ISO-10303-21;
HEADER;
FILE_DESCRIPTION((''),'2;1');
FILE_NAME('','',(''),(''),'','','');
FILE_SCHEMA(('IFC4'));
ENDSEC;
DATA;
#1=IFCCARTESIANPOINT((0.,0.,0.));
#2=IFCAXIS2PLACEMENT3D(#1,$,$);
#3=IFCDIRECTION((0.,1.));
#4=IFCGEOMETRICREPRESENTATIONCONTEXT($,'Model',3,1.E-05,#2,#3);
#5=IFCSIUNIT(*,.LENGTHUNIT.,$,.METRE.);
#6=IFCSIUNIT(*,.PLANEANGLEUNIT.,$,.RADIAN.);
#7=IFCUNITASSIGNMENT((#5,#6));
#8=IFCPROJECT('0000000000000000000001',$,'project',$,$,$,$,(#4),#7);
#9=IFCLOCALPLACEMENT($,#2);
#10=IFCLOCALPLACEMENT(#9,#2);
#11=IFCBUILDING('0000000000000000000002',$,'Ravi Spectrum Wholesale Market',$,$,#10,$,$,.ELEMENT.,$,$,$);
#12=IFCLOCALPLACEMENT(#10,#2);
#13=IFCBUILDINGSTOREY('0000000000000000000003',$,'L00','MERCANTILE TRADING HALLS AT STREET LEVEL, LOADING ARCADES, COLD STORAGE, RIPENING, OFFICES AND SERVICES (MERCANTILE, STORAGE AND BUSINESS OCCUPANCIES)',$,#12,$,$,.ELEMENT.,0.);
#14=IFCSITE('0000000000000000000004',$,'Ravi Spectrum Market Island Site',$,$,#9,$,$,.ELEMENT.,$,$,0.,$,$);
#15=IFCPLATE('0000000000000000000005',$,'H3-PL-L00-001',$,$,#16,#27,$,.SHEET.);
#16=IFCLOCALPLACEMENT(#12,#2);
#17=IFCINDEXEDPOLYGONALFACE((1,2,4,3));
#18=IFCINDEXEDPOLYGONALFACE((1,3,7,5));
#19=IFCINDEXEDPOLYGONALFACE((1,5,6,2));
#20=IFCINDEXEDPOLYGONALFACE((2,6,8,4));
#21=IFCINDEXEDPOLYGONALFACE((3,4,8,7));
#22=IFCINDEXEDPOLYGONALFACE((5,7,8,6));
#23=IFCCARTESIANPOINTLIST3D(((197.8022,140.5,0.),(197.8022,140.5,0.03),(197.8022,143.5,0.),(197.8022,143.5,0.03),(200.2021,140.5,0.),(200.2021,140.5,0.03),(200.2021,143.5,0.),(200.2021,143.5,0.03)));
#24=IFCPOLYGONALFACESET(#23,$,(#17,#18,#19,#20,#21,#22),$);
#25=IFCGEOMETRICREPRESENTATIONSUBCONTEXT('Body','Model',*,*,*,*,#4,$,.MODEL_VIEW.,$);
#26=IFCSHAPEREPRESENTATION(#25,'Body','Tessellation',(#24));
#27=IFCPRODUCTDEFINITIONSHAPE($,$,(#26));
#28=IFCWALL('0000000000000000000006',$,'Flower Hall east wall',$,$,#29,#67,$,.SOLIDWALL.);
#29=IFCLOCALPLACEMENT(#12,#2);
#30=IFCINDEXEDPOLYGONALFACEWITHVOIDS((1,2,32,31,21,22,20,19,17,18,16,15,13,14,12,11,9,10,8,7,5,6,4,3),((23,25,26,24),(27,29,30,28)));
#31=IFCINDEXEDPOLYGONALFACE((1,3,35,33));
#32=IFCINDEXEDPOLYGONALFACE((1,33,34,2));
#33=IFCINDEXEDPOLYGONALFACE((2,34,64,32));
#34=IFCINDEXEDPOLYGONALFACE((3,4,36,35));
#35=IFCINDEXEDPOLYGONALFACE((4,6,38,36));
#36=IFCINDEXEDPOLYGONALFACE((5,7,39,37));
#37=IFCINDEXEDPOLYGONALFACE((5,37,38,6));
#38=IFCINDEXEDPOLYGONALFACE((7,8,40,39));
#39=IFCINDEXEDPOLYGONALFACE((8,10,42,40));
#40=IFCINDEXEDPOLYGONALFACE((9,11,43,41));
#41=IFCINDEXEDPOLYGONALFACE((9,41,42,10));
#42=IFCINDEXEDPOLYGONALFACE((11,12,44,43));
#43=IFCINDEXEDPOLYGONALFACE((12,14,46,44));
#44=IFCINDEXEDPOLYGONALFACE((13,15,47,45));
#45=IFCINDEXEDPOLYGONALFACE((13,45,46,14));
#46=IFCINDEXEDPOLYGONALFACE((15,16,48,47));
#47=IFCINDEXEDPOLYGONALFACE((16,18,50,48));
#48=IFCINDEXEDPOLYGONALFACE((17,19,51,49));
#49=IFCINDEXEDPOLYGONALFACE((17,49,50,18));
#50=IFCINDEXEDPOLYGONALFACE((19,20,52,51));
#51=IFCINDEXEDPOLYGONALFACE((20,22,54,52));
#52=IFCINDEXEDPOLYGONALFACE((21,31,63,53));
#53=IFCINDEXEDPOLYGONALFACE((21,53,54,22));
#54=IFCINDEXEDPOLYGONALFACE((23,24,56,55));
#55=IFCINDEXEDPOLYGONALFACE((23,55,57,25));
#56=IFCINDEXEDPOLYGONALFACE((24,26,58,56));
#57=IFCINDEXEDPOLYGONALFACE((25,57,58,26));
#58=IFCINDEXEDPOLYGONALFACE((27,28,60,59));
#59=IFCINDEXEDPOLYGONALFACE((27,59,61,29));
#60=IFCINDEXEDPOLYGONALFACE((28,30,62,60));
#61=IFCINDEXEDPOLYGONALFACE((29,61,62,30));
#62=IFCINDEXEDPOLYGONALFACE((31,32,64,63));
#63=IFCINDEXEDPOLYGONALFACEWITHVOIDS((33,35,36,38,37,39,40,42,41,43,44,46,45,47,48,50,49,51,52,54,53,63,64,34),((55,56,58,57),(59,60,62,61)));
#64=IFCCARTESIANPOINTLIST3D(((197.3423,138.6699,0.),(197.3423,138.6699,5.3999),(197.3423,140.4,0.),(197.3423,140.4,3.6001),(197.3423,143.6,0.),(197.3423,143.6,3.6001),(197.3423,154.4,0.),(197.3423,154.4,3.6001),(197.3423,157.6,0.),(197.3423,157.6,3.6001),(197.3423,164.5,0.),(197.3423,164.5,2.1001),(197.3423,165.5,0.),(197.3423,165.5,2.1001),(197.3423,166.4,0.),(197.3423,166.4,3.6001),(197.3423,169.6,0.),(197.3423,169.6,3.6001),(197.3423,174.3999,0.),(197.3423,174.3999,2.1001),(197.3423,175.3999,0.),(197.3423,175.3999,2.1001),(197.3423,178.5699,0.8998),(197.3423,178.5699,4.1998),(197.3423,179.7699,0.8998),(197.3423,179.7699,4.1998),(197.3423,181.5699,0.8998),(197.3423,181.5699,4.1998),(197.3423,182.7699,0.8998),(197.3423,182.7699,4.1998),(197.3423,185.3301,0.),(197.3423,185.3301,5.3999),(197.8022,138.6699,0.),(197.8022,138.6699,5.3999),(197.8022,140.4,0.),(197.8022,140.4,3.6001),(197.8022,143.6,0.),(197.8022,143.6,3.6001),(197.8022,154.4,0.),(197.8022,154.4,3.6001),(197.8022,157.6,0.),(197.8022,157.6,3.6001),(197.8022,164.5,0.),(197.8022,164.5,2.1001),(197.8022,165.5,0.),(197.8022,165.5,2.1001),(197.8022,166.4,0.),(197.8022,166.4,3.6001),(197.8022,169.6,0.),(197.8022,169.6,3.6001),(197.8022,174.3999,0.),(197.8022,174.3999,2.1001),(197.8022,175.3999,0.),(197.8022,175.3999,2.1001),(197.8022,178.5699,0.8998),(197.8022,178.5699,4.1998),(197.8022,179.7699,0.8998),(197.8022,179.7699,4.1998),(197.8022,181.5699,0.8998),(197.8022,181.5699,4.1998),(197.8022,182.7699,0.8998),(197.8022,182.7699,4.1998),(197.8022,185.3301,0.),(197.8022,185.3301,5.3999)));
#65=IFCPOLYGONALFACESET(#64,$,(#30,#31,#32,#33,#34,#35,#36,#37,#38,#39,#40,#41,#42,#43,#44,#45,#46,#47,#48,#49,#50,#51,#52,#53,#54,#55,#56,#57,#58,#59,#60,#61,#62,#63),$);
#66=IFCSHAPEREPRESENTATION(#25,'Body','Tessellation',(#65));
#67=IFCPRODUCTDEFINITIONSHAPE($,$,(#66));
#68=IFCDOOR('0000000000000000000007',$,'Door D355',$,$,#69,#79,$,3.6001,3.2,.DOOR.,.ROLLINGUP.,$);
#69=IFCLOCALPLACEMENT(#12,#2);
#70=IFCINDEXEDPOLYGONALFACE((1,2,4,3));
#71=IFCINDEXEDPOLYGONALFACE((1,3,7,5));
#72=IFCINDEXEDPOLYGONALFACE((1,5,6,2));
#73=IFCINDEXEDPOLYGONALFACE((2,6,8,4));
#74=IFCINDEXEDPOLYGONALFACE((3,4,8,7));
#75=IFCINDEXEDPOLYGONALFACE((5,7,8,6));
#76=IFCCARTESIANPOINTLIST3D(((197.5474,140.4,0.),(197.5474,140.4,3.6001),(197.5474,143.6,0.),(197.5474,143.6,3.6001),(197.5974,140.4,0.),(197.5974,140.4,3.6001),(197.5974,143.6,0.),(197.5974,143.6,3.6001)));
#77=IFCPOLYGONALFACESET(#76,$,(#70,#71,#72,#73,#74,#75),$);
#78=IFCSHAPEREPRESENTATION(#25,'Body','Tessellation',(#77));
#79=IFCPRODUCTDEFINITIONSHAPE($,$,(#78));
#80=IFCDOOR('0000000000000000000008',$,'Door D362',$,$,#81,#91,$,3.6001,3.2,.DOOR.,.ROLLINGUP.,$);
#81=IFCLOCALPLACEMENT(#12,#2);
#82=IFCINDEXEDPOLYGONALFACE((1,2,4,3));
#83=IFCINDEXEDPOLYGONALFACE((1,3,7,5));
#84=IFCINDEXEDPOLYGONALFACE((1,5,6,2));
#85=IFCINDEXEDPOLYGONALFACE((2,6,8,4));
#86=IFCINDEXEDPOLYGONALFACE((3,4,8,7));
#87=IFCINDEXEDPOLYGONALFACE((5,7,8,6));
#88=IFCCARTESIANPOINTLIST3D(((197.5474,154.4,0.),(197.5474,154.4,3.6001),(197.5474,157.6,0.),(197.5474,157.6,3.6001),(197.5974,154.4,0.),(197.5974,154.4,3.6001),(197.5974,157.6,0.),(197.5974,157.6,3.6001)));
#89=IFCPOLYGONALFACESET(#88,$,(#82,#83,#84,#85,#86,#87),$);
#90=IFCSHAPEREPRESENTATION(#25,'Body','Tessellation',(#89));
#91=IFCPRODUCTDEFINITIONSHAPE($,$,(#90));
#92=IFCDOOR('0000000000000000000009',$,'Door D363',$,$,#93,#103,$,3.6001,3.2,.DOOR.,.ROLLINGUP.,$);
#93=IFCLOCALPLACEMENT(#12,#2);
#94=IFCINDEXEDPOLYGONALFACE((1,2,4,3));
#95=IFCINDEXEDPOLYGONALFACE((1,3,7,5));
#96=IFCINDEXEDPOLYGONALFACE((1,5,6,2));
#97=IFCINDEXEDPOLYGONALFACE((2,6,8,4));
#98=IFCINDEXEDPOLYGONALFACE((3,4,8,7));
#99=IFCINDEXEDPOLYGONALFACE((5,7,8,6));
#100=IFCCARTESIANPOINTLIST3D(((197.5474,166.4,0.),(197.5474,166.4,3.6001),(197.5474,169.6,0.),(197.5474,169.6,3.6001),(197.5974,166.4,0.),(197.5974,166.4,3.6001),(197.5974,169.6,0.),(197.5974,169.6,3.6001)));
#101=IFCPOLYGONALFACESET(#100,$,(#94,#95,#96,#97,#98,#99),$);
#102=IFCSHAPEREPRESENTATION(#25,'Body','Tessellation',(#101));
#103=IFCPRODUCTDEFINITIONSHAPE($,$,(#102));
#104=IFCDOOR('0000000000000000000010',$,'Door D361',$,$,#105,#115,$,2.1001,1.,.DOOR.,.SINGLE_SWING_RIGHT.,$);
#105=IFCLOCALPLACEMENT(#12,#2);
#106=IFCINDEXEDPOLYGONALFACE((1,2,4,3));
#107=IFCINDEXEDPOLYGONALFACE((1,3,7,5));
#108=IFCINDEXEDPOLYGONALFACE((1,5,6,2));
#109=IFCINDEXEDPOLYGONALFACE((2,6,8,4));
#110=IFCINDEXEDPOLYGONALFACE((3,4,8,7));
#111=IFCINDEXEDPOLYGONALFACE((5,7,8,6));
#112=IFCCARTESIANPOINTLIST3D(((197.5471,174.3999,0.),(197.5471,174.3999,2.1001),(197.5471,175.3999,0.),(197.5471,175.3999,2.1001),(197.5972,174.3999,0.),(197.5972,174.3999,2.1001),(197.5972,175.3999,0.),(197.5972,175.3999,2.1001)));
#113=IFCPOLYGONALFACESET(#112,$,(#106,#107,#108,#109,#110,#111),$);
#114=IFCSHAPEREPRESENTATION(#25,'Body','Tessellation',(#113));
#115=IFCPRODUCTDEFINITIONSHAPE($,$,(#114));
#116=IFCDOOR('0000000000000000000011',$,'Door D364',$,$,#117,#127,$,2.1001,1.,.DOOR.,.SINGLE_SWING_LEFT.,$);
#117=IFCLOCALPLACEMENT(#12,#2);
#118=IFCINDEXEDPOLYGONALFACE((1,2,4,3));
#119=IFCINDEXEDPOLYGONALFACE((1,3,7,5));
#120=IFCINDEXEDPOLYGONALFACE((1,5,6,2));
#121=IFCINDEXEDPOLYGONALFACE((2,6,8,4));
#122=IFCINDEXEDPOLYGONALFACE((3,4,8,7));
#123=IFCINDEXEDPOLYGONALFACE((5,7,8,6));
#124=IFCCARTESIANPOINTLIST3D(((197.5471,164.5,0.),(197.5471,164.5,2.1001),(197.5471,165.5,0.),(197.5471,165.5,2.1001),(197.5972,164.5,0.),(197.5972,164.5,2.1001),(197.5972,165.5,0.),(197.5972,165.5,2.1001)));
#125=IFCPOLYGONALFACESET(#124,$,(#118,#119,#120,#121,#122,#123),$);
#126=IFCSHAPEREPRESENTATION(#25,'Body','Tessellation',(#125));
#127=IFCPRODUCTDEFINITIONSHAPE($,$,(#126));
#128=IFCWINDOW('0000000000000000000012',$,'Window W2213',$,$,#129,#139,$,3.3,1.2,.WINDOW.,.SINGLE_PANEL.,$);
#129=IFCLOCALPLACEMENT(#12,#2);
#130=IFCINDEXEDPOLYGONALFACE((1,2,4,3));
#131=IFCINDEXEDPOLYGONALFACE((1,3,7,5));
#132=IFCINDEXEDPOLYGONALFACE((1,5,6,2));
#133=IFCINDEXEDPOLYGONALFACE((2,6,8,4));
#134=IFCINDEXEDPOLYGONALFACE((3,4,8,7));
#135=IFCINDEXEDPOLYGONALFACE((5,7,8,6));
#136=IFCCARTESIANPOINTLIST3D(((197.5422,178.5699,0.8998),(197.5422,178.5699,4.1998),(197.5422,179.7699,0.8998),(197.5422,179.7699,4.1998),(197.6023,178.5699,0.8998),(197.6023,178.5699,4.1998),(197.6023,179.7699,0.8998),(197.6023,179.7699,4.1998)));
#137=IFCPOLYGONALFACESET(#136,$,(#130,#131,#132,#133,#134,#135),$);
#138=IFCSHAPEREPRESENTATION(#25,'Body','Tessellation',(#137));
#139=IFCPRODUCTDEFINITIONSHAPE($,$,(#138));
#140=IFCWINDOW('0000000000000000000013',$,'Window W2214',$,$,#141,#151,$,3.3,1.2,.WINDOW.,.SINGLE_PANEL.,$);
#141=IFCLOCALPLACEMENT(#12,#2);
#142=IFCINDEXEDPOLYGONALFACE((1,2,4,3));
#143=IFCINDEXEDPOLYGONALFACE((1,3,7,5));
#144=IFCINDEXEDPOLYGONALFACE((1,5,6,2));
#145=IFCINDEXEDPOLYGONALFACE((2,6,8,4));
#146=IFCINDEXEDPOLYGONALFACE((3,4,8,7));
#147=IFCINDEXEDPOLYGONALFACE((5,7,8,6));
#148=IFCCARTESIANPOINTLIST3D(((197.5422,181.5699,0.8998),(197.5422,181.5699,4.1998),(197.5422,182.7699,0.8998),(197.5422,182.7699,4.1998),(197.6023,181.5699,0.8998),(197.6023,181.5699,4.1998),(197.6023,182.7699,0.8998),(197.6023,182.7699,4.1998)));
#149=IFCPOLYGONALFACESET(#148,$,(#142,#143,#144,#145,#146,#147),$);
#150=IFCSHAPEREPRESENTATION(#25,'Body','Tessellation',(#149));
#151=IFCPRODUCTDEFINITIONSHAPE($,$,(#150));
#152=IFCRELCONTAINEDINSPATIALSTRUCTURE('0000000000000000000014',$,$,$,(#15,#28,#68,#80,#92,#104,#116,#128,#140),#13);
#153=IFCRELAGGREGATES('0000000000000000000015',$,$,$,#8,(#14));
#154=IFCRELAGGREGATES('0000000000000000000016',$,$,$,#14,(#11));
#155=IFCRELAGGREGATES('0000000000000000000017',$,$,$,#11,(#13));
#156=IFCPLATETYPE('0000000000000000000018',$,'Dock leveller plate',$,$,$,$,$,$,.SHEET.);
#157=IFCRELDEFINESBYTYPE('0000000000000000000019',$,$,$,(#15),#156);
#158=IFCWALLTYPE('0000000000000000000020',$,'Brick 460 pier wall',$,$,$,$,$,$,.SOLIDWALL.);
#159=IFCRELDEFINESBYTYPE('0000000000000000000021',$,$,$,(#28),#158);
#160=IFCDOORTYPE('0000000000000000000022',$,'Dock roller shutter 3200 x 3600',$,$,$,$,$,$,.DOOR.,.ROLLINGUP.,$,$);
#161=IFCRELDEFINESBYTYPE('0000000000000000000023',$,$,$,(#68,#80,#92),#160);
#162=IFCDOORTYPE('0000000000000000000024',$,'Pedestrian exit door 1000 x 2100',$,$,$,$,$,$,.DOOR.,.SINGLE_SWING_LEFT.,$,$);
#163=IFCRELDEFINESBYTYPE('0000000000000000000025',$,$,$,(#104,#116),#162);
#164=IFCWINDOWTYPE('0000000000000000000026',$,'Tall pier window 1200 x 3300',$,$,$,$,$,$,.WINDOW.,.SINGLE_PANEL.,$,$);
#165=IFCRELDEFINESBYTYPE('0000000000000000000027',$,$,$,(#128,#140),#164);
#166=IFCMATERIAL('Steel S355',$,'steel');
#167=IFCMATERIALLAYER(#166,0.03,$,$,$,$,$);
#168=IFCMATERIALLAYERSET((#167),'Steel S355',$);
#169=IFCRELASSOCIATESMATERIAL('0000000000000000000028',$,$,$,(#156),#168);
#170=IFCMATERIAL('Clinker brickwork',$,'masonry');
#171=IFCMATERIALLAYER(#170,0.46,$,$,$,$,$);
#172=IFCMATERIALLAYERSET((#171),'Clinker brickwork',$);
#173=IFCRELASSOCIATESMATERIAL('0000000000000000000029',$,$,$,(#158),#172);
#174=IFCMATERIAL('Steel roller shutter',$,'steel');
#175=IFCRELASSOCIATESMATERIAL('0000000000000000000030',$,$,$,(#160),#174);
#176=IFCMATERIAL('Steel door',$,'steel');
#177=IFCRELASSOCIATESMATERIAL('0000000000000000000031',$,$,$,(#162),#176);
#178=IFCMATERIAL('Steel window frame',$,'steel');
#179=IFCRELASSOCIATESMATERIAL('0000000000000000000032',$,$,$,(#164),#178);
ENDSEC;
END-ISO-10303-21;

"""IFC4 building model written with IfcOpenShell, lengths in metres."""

from ifc_helpers import new_model, si_unit, direction, frame, frame_2d, origin, origin_2d, place, context, subcontext, project, spatial, rectangle, extrude, material, layer, layer_set, type_object, element, fill, save


model = new_model("IFC4")

# Units and contexts
model_context = context("Model", 3, precision=1e-05, world=origin(), true_north=direction((0.0, 1.0)))
body_context = subcontext(model_context, "Body", "Model", "MODEL_VIEW")
ifc_project = project(units=[si_unit("LENGTHUNIT", "METRE"), si_unit("PLANEANGLEUNIT", "RADIAN")], contexts=[model_context])

# Site, building, storey
site_placement = place(None, origin())
site = spatial("IfcSite", under=ifc_project, at=site_placement, Name="Ravi Spectrum Market Island Site", CompositionType="ELEMENT", RefElevation=0.0)
building_placement = place(site_placement, origin())
building = spatial("IfcBuilding", under=site, at=building_placement, Name="Ravi Spectrum Wholesale Market", CompositionType="ELEMENT")
storey_placement = place(building_placement, origin())
storey = spatial("IfcBuildingStorey", under=building, at=storey_placement, Name="L00", Description="MERCANTILE TRADING HALLS AT STREET LEVEL, LOADING ARCADES, COLD STORAGE, RIPENING, OFFICES AND SERVICES (MERCANTILE, STORAGE AND BUSINESS OCCUPANCIES)", CompositionType="ELEMENT", Elevation=0.0)

# Plate
ifc_material_1 = material(Name="Steel S355", Category="steel")
ifc_layer_1 = layer(ifc_material_1, 0.03)
ifc_layer_set_1 = layer_set([ifc_layer_1], Name="Steel S355")
plate_type = type_object("IfcPlateType", Name="Dock leveller plate", PredefinedType="SHEET", material=ifc_layer_set_1)
plate_placement = place(storey_placement, frame((199.0022, 142.0, 0.0), z_axis=(0.0, 0.0, 1.0), x_axis=(1.0, 0.0, 0.0)))
element("IfcPlate", 1, at=plate_placement, inside=storey, type_object=plate_type, Name="H3-PL-L00-001", PredefinedType="SHEET", context=body_context, shape_type="SweptSolid", body=[
    extrude(rectangle(XDim=2.3999, YDim=3.0, at=origin_2d()), origin(), (0.0, 0.0, 1.0), 0.03),
])

# Wall, openings, doors, windows
ifc_material_2 = material(Name="Clinker brickwork", Category="masonry")
ifc_layer_2 = layer(ifc_material_2, 0.46)
ifc_layer_set_2 = layer_set([ifc_layer_2], Name="Clinker brickwork")
wall_type = type_object("IfcWallType", Name="Brick 460 pier wall", PredefinedType="SOLIDWALL", material=ifc_layer_set_2)
wall_placement = place(storey_placement, frame((197.5723, 138.6699, 0.0), z_axis=(0.0, 0.0, 1.0), x_axis=(0.0, 1.0, 0.0)))
wall = element("IfcWall", 2, at=wall_placement, inside=storey, type_object=wall_type, Name="Flower Hall east wall", PredefinedType="SOLIDWALL", context=body_context, shape_type="SweptSolid", body=[
    extrude(rectangle(XDim=46.6602, YDim=0.46, at=frame_2d((23.3301, 0.0))), origin(), (0.0, 0.0, 1.0), 5.3999),
])
opening_1_placement = place(wall_placement, frame((1.73, 0.0, 0.0)))
opening_1 = element("IfcOpeningElement", 3, at=opening_1_placement, cuts=wall, PredefinedType="OPENING", context=body_context, shape_type="SweptSolid", body=[
    extrude(rectangle(XDim=3.2, YDim=3.6001, at=frame_2d((1.6001, 1.8))), frame((0.0, 0.24, 0.0), z_axis=(0.0, -1.0, 0.0), x_axis=(1.0, 0.0, 0.0)), (0.0, 0.0, 1.0), 0.48),
])
opening_2_placement = place(wall_placement, frame((36.73, 0.0, 0.0), z_axis=(0.0, 0.0, 1.0), x_axis=(-1.0, 0.0, 0.0)))
opening_2 = element("IfcOpeningElement", 4, at=opening_2_placement, cuts=wall, PredefinedType="OPENING", context=body_context, shape_type="SweptSolid", body=[
    extrude(rectangle(XDim=1.0, YDim=2.1001, at=frame_2d((0.5, 1.05))), frame((0.0, 0.24, 0.0), z_axis=(0.0, -1.0, 0.0), x_axis=(1.0, 0.0, 0.0)), (0.0, 0.0, 1.0), 0.48),
])
opening_3_placement = place(wall_placement, frame((15.73, 0.0, 0.0)))
opening_3 = element("IfcOpeningElement", 5, at=opening_3_placement, cuts=wall, PredefinedType="OPENING", context=body_context, shape_type="SweptSolid", body=[
    extrude(rectangle(XDim=3.2, YDim=3.6001, at=frame_2d((1.6001, 1.8))), frame((0.0, 0.24, 0.0), z_axis=(0.0, -1.0, 0.0), x_axis=(1.0, 0.0, 0.0)), (0.0, 0.0, 1.0), 0.48),
])
opening_4_placement = place(wall_placement, frame((27.73, 0.0, 0.0)))
opening_4 = element("IfcOpeningElement", 6, at=opening_4_placement, cuts=wall, PredefinedType="OPENING", context=body_context, shape_type="SweptSolid", body=[
    extrude(rectangle(XDim=3.2, YDim=3.6001, at=frame_2d((1.6001, 1.8))), frame((0.0, 0.24, 0.0), z_axis=(0.0, -1.0, 0.0), x_axis=(1.0, 0.0, 0.0)), (0.0, 0.0, 1.0), 0.48),
])
opening_5_placement = place(wall_placement, frame((26.8301, 0.0, 0.0), z_axis=(0.0, 0.0, 1.0), x_axis=(-1.0, 0.0, 0.0)))
opening_5 = element("IfcOpeningElement", 7, at=opening_5_placement, cuts=wall, PredefinedType="OPENING", context=body_context, shape_type="SweptSolid", body=[
    extrude(rectangle(XDim=1.0, YDim=2.1001, at=frame_2d((0.5, 1.05))), frame((0.0, 0.24, 0.0), z_axis=(0.0, -1.0, 0.0), x_axis=(1.0, 0.0, 0.0)), (0.0, 0.0, 1.0), 0.48),
])
opening_6_placement = place(wall_placement, frame((39.8999, 0.0, 0.8999)))
opening_6 = element("IfcOpeningElement", 8, at=opening_6_placement, cuts=wall, PredefinedType="OPENING", context=body_context, shape_type="SweptSolid", body=[
    extrude(rectangle(XDim=1.2, YDim=3.3, at=frame_2d((0.6001, 1.6499))), frame((0.0, 0.24, 0.0), z_axis=(0.0, -1.0, 0.0), x_axis=(1.0, 0.0, 0.0)), (0.0, 0.0, 1.0), 0.48),
])
opening_7_placement = place(wall_placement, frame((42.8999, 0.0, 0.8999)))
opening_7 = element("IfcOpeningElement", 9, at=opening_7_placement, cuts=wall, PredefinedType="OPENING", context=body_context, shape_type="SweptSolid", body=[
    extrude(rectangle(XDim=1.2, YDim=3.3, at=frame_2d((0.6001, 1.6499))), frame((0.0, 0.24, 0.0), z_axis=(0.0, -1.0, 0.0), x_axis=(1.0, 0.0, 0.0)), (0.0, 0.0, 1.0), 0.48),
])
ifc_material_3 = material(Name="Steel roller shutter", Category="steel")
door_type_1 = type_object("IfcDoorType", Name="Dock roller shutter 3200 x 3600", OperationType="ROLLINGUP", PredefinedType="DOOR", material=ifc_material_3)
door_1_placement = place(opening_1_placement, origin())
door_1 = element("IfcDoor", 10, at=door_1_placement, inside=storey, type_object=door_type_1, Name="Door D355", OperationType="ROLLINGUP", OverallHeight=3.6001, OverallWidth=3.2, PredefinedType="DOOR", context=body_context, shape_type="SweptSolid", body=[
    extrude(rectangle(XDim=3.2, YDim=3.6001, at=frame_2d((1.6001, 1.8))), frame((0.0, 0.0249, 0.0), z_axis=(0.0, -1.0, 0.0), x_axis=(1.0, 0.0, 0.0)), (0.0, 0.0, 1.0), 0.05),
])
fill(opening_1, door_1)
door_2_placement = place(opening_3_placement, origin())
door_2 = element("IfcDoor", 11, at=door_2_placement, inside=storey, type_object=door_type_1, Name="Door D362", OperationType="ROLLINGUP", OverallHeight=3.6001, OverallWidth=3.2, PredefinedType="DOOR", context=body_context, shape_type="SweptSolid", body=[
    extrude(rectangle(XDim=3.2, YDim=3.6001, at=frame_2d((1.6001, 1.8))), frame((0.0, 0.0249, 0.0), z_axis=(0.0, -1.0, 0.0), x_axis=(1.0, 0.0, 0.0)), (0.0, 0.0, 1.0), 0.05),
])
fill(opening_3, door_2)
door_3_placement = place(opening_4_placement, origin())
door_3 = element("IfcDoor", 12, at=door_3_placement, inside=storey, type_object=door_type_1, Name="Door D363", OperationType="ROLLINGUP", OverallHeight=3.6001, OverallWidth=3.2, PredefinedType="DOOR", context=body_context, shape_type="SweptSolid", body=[
    extrude(rectangle(XDim=3.2, YDim=3.6001, at=frame_2d((1.6001, 1.8))), frame((0.0, 0.0249, 0.0), z_axis=(0.0, -1.0, 0.0), x_axis=(1.0, 0.0, 0.0)), (0.0, 0.0, 1.0), 0.05),
])
fill(opening_4, door_3)
ifc_material_4 = material(Name="Steel door", Category="steel")
door_type_2 = type_object("IfcDoorType", Name="Pedestrian exit door 1000 x 2100", OperationType="SINGLE_SWING_LEFT", PredefinedType="DOOR", material=ifc_material_4)
door_4_placement = place(opening_2_placement, origin())
door_4 = element("IfcDoor", 13, at=door_4_placement, inside=storey, type_object=door_type_2, Name="Door D361", OperationType="SINGLE_SWING_RIGHT", OverallHeight=2.1001, OverallWidth=1.0, PredefinedType="DOOR", context=body_context, shape_type="SweptSolid", body=[
    extrude(rectangle(XDim=1.0, YDim=2.1001, at=frame_2d((0.5, 1.05))), frame((0.0, 0.0249, 0.0), z_axis=(0.0, -1.0, 0.0), x_axis=(1.0, 0.0, 0.0)), (0.0, 0.0, 1.0), 0.05),
])
fill(opening_2, door_4)
door_5_placement = place(opening_5_placement, origin())
door_5 = element("IfcDoor", 14, at=door_5_placement, inside=storey, type_object=door_type_2, Name="Door D364", OperationType="SINGLE_SWING_LEFT", OverallHeight=2.1001, OverallWidth=1.0, PredefinedType="DOOR", context=body_context, shape_type="SweptSolid", body=[
    extrude(rectangle(XDim=1.0, YDim=2.1001, at=frame_2d((0.5, 1.05))), frame((0.0, 0.0249, 0.0), z_axis=(0.0, -1.0, 0.0), x_axis=(1.0, 0.0, 0.0)), (0.0, 0.0, 1.0), 0.05),
])
fill(opening_5, door_5)
ifc_material_5 = material(Name="Steel window frame", Category="steel")
window_type = type_object("IfcWindowType", Name="Tall pier window 1200 x 3300", PartitioningType="SINGLE_PANEL", PredefinedType="WINDOW", material=ifc_material_5)
window_1_placement = place(opening_6_placement, origin())
window_1 = element("IfcWindow", 15, at=window_1_placement, inside=storey, type_object=window_type, Name="Window W2213", OverallHeight=3.3, OverallWidth=1.2, PartitioningType="SINGLE_PANEL", PredefinedType="WINDOW", context=body_context, shape_type="SweptSolid", body=[
    extrude(rectangle(XDim=1.2, YDim=3.3, at=frame_2d((0.6001, 1.6499))), frame((0.0, 0.03, 0.0), z_axis=(0.0, -1.0, 0.0), x_axis=(1.0, 0.0, 0.0)), (0.0, 0.0, 1.0), 0.0601),
])
fill(opening_6, window_1)
window_2_placement = place(opening_7_placement, origin())
window_2 = element("IfcWindow", 16, at=window_2_placement, inside=storey, type_object=window_type, Name="Window W2214", OverallHeight=3.3, OverallWidth=1.2, PartitioningType="SINGLE_PANEL", PredefinedType="WINDOW", context=body_context, shape_type="SweptSolid", body=[
    extrude(rectangle(XDim=1.2, YDim=3.3, at=frame_2d((0.6001, 1.6499))), frame((0.0, 0.03, 0.0), z_axis=(0.0, -1.0, 0.0), x_axis=(1.0, 0.0, 0.0)), (0.0, 0.0, 1.0), 0.0601),
])
fill(opening_7, window_2)

save(model, "model.ifc")
